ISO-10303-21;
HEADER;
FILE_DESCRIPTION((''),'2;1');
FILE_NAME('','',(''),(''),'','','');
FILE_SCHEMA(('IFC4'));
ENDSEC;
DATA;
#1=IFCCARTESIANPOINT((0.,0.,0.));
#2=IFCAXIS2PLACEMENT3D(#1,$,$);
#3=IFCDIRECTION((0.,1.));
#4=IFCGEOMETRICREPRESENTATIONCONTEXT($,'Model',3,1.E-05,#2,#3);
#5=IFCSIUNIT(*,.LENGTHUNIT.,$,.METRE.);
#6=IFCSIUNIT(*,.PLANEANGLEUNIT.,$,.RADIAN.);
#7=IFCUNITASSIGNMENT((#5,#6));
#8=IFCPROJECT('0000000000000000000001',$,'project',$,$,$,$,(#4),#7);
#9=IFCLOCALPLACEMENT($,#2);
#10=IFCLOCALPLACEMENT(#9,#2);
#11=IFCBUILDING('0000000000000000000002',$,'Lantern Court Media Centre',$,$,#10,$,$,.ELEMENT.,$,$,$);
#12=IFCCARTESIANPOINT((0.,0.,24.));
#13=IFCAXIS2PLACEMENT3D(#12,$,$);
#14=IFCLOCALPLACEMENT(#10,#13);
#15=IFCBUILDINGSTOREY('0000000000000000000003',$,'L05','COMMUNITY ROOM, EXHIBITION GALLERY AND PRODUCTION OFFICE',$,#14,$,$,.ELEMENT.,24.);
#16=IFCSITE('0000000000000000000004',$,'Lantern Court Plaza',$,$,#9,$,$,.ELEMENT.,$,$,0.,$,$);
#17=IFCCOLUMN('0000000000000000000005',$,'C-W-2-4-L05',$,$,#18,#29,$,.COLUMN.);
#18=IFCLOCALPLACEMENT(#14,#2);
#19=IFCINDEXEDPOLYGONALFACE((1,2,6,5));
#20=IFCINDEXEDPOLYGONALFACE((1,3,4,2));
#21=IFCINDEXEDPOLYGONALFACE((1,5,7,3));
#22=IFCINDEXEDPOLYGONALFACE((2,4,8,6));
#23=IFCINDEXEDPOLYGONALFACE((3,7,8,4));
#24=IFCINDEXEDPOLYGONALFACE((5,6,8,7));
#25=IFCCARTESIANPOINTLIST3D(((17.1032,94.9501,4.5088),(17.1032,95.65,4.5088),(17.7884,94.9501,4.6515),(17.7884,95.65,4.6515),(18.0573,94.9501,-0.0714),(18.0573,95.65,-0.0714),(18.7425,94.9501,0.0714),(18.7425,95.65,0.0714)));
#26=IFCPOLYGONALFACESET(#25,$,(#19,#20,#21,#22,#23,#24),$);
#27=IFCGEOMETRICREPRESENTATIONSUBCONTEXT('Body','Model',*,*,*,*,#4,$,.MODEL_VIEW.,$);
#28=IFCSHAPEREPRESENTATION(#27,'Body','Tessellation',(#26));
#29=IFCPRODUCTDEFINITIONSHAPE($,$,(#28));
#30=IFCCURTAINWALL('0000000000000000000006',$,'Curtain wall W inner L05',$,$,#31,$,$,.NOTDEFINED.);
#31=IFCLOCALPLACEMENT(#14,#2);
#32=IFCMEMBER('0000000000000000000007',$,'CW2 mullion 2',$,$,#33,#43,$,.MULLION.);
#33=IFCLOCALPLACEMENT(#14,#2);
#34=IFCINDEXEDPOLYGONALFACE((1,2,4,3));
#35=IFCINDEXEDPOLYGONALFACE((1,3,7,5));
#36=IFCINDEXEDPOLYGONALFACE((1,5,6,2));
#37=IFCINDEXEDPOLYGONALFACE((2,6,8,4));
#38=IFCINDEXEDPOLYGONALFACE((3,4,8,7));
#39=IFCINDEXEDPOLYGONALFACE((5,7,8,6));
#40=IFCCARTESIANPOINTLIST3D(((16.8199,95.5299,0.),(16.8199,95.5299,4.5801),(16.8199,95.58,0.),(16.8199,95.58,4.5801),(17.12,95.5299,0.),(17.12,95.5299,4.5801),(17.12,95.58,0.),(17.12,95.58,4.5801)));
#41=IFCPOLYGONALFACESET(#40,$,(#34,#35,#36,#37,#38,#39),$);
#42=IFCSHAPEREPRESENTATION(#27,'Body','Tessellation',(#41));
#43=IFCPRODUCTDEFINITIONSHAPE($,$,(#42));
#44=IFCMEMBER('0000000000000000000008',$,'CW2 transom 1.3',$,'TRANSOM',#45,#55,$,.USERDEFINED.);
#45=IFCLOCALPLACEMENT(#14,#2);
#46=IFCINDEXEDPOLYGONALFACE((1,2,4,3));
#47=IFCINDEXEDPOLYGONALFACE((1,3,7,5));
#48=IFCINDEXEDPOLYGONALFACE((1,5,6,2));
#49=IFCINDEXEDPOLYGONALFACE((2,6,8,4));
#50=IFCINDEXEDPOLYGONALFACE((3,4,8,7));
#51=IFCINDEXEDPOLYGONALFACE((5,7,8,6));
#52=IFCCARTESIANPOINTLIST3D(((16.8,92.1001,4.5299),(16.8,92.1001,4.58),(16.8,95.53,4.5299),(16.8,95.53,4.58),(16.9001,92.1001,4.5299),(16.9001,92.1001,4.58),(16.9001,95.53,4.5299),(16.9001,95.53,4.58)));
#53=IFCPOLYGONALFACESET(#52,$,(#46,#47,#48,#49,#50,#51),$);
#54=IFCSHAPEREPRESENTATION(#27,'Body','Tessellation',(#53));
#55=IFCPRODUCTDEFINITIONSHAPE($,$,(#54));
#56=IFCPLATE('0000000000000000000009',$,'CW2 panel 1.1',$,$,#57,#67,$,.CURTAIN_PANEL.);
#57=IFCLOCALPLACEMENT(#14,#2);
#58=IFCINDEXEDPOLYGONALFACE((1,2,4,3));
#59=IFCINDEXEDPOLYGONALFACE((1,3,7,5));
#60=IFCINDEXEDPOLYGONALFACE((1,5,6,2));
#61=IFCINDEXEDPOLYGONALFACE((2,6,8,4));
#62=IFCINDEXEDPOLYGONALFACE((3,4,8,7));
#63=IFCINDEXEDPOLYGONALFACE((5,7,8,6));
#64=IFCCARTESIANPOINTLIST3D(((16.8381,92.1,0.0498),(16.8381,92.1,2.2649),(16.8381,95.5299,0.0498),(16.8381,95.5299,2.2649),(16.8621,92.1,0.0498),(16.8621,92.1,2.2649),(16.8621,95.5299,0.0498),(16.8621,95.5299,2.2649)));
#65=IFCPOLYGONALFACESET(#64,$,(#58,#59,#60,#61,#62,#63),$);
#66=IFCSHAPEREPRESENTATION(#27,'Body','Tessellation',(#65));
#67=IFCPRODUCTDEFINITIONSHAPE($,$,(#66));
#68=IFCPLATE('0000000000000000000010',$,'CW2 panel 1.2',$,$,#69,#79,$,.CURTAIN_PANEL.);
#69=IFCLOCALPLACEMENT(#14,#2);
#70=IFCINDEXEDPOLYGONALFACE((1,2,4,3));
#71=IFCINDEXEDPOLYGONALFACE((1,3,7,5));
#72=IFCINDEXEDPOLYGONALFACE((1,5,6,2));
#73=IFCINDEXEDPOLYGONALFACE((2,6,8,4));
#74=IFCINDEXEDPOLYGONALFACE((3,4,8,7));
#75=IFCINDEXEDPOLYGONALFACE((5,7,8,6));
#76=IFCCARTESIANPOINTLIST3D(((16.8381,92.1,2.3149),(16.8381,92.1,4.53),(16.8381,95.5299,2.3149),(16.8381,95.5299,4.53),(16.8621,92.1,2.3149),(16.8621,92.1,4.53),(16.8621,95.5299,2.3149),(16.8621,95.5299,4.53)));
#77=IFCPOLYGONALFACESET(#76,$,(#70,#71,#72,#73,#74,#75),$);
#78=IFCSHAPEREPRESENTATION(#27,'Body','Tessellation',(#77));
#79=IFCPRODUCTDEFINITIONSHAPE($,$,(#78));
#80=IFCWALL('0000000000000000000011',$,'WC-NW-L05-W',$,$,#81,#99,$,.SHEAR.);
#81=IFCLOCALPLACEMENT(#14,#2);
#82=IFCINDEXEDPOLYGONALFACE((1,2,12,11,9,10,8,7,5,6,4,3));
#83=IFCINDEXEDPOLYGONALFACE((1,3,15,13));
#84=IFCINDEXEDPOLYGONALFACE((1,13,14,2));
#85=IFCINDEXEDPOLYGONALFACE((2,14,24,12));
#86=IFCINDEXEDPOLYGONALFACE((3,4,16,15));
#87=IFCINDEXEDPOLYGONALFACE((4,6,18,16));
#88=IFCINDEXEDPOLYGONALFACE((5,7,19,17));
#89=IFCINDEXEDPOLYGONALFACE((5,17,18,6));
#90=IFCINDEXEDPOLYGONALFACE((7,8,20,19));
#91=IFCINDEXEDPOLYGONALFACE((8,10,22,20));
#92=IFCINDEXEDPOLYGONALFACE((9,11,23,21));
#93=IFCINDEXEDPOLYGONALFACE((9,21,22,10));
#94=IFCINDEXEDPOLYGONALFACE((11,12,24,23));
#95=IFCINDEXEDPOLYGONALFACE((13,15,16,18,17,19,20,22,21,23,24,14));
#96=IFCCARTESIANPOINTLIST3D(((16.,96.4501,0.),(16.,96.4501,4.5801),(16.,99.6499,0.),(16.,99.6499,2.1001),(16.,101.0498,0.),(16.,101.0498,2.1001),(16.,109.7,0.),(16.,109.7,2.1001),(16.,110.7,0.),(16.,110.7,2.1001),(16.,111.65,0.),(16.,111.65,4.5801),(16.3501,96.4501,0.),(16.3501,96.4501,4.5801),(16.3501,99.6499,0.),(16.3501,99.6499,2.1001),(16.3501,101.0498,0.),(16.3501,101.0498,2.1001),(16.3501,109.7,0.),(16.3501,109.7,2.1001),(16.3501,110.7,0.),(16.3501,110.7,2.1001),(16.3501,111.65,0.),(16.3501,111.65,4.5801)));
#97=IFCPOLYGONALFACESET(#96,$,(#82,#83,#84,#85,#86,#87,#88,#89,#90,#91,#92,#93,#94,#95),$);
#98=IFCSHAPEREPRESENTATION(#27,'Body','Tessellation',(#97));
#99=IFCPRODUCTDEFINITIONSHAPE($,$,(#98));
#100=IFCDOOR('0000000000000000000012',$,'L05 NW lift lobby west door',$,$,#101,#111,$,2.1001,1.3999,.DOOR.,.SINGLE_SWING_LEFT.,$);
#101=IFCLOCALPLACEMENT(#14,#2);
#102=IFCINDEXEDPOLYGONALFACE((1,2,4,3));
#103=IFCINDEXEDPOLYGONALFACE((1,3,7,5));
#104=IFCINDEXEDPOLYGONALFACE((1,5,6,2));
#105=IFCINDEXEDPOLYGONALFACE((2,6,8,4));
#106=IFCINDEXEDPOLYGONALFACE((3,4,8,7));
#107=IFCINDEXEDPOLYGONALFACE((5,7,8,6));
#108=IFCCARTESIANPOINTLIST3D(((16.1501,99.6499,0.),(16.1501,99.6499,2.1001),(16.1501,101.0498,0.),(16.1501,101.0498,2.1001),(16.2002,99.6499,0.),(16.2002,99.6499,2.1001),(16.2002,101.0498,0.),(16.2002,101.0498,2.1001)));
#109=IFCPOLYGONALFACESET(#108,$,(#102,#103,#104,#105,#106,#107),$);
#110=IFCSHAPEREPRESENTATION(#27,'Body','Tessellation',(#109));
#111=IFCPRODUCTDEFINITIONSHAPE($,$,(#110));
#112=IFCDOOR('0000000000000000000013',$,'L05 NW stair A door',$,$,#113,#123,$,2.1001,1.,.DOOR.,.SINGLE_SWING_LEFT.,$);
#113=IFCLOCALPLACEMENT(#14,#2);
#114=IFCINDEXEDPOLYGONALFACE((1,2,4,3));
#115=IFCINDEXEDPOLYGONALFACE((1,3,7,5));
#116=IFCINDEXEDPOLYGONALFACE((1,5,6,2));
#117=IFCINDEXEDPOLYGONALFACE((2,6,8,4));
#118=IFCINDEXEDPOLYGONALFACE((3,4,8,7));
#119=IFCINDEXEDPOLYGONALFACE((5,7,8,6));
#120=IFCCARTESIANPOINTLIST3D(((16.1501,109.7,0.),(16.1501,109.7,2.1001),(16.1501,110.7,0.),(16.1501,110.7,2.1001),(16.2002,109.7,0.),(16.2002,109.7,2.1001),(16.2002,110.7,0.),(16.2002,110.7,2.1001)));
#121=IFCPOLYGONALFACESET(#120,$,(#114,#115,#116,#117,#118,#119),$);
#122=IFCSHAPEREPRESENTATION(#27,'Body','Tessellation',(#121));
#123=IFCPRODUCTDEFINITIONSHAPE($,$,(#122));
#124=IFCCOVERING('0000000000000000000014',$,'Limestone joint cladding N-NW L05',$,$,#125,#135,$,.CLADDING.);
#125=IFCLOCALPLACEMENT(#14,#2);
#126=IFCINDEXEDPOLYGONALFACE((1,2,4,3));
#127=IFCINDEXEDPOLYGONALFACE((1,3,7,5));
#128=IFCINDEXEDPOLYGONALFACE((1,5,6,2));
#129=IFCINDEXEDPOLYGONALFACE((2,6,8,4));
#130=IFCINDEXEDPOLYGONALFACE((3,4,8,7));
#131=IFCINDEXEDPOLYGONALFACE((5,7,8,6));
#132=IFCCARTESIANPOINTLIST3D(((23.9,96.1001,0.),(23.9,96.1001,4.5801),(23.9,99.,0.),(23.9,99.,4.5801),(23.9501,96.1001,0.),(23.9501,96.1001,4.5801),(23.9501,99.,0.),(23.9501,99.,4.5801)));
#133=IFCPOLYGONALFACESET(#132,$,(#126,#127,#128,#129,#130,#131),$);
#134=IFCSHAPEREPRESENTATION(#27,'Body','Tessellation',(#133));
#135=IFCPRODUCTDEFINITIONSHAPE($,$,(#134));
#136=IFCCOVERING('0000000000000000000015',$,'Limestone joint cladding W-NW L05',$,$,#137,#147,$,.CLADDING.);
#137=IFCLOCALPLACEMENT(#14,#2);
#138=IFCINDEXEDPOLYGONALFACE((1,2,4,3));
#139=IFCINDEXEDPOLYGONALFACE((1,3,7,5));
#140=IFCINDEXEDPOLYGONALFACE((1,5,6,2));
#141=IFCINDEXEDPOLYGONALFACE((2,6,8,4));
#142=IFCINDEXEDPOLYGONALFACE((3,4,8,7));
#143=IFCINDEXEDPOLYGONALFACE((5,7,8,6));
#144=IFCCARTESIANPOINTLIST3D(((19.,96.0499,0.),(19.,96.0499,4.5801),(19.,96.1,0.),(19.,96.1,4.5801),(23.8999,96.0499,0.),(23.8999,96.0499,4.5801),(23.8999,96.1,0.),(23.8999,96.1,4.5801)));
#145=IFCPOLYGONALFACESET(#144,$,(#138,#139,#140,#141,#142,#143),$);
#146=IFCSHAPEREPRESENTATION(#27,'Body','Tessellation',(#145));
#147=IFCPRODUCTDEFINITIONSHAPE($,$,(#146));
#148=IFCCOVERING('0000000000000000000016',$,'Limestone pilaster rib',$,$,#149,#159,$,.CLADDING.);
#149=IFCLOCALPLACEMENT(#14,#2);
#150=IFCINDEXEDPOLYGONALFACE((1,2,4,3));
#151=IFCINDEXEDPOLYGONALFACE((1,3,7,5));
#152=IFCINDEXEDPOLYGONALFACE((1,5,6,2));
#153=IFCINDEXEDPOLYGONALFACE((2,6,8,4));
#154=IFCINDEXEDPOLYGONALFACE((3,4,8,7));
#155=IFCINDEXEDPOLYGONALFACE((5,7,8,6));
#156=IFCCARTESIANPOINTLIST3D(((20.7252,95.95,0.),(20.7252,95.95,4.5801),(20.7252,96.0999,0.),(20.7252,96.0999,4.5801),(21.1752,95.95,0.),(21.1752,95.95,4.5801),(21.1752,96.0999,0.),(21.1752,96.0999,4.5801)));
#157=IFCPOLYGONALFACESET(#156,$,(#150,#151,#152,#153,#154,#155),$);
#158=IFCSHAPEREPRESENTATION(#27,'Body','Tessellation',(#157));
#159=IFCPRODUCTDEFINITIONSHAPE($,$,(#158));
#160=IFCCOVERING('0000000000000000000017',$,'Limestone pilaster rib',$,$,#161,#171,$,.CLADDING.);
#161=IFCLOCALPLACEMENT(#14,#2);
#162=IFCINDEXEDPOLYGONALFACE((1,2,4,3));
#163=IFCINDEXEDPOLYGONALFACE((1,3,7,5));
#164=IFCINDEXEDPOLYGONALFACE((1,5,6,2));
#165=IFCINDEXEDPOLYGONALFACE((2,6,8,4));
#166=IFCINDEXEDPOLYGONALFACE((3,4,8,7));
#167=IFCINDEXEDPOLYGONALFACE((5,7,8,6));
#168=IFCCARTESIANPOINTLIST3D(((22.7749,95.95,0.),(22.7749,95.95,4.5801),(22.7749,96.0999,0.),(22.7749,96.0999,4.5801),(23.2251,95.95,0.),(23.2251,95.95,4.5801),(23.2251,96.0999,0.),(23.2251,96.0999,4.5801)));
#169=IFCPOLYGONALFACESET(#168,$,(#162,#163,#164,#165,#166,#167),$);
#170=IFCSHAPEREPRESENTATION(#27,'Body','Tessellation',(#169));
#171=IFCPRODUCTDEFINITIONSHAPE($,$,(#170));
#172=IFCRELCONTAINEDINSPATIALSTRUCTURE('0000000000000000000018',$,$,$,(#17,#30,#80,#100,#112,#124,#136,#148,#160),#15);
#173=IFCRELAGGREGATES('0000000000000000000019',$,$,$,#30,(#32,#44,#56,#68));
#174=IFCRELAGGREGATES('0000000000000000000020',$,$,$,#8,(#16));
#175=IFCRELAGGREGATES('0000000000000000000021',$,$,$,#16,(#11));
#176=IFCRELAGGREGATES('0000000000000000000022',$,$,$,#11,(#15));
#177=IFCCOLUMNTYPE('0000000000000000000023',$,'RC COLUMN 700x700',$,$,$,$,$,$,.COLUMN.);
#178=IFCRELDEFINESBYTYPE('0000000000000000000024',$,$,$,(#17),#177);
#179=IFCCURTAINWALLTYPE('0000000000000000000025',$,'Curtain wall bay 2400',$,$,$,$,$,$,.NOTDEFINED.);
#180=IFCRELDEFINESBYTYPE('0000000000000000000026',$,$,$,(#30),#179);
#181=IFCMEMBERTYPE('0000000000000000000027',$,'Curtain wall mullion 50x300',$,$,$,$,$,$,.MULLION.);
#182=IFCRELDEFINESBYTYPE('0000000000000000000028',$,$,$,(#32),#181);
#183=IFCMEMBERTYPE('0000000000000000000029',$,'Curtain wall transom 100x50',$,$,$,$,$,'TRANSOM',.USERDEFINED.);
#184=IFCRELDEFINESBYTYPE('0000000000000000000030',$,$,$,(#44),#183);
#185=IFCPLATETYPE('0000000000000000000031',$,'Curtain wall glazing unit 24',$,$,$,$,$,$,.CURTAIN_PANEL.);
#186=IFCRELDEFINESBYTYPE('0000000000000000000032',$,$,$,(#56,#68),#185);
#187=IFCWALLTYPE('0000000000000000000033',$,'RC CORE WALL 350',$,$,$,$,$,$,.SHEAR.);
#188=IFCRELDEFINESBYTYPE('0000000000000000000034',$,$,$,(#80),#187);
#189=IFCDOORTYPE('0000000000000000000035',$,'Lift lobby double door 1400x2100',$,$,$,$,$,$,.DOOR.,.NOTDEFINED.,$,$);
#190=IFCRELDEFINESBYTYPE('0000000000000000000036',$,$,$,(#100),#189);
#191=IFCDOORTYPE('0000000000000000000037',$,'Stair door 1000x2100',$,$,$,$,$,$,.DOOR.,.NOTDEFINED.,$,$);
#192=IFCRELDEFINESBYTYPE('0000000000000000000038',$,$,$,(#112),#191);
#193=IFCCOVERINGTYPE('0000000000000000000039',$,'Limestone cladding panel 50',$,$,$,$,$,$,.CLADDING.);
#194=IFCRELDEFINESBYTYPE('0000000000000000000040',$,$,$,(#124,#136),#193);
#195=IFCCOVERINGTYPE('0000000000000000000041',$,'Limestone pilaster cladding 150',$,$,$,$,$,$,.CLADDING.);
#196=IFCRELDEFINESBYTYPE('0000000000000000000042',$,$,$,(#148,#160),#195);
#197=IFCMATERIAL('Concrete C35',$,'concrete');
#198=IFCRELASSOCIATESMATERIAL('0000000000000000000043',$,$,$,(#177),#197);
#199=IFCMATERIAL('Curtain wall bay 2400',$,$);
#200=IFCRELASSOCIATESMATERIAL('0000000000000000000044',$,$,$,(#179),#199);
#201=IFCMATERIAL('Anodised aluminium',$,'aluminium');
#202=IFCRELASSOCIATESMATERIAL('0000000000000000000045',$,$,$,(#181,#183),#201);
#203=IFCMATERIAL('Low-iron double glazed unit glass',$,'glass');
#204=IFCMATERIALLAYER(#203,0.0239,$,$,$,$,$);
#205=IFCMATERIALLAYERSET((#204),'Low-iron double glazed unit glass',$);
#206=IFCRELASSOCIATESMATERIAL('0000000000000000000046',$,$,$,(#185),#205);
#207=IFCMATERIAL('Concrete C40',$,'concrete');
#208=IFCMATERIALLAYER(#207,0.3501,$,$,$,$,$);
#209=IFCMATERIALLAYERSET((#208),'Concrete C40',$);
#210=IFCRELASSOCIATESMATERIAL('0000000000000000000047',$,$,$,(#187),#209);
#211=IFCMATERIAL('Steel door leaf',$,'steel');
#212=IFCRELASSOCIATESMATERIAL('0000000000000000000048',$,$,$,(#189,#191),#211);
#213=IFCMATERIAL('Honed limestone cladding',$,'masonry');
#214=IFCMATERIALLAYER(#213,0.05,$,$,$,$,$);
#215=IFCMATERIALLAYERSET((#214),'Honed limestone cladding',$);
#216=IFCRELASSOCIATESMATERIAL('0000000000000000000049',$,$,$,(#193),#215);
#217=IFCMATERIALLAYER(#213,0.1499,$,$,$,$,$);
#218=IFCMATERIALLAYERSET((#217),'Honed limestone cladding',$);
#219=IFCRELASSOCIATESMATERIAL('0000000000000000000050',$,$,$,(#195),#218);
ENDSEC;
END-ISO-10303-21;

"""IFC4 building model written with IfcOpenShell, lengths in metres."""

from ifc_helpers import new_model, si_unit, direction, frame, frame_2d, origin, origin_2d, place, context, subcontext, project, spatial, rectangle, extrude, material, layer, layer_set, material_profile, profile_set, type_object, element, fill, aggregate, save


model = new_model("IFC4")

# Units and contexts
model_context = context("Model", 3, precision=1e-05, world=origin(), true_north=direction((0.0, 1.0)))
body_context = subcontext(model_context, "Body", "Model", "MODEL_VIEW")
ifc_project = project(units=[si_unit("LENGTHUNIT", "METRE"), si_unit("PLANEANGLEUNIT", "RADIAN")], contexts=[model_context])

# Site, building, storey
site_placement = place(None, origin())
site = spatial("IfcSite", under=ifc_project, at=site_placement, Name="Lantern Court Plaza", CompositionType="ELEMENT", RefElevation=0.0)
building_placement = place(site_placement, origin())
building = spatial("IfcBuilding", under=site, at=building_placement, Name="Lantern Court Media Centre", CompositionType="ELEMENT")
storey_placement = place(building_placement, frame((0.0, 0.0, 24.0)))
storey = spatial("IfcBuildingStorey", under=building, at=storey_placement, Name="L05", Description="COMMUNITY ROOM, EXHIBITION GALLERY AND PRODUCTION OFFICE", CompositionType="ELEMENT", Elevation=24.0)

# Column
ifc_material_1 = material(Name="Concrete C35", Category="concrete")
ifc_material_profile_1 = material_profile(ifc_material_1, rectangle(XDim=0.7, YDim=0.7, at=origin_2d()), Name="RC 700x700")
ifc_profile_set_1 = profile_set([ifc_material_profile_1], Name="Concrete C35")
column_type = type_object("IfcColumnType", Name="RC COLUMN 700x700", PredefinedType="COLUMN", material=ifc_profile_set_1)
column_placement = place(storey_placement, frame((18.3999, 95.3, 0.0), z_axis=(-0.203938, 0.0, 0.978984), x_axis=(0.0, -1.0, 0.0)))
element("IfcColumn", 1, at=column_placement, inside=storey, type_object=column_type, Name="C-W-2-4-L05", PredefinedType="COLUMN", context=body_context, shape_type="SweptSolid", body=[
    extrude(rectangle(XDim=0.7, YDim=0.7, at=origin_2d()), origin(), (0.0, 0.0, 1.0), 4.6785),
])

# Curtain wall, members, plates
ifc_material_2 = material(Name="Curtain wall bay 2400")
curtain_wall_type = type_object("IfcCurtainWallType", Name="Curtain wall bay 2400", PredefinedType="NOTDEFINED", material=ifc_material_2)
curtain_wall_placement = place(storey_placement, origin())
curtain_wall = element("IfcCurtainWall", 2, at=curtain_wall_placement, inside=storey, type_object=curtain_wall_type, Name="Curtain wall W inner L05", PredefinedType="NOTDEFINED")
ifc_material_3 = material(Name="Anodised aluminium", Category="aluminium")
ifc_material_profile_2 = material_profile(ifc_material_3, rectangle(XDim=0.3, YDim=0.05, at=origin_2d()), Name="AL 50x300")
ifc_profile_set_2 = profile_set([ifc_material_profile_2], Name="Anodised aluminium")
member_type_1 = type_object("IfcMemberType", Name="Curtain wall mullion 50x300", PredefinedType="MULLION", material=ifc_profile_set_2)
member_1_placement = place(storey_placement, frame((16.97, 95.5549, 0.0), z_axis=(0.0, 0.0, 1.0), x_axis=(-1.0, 0.0, 0.0)))
member_1 = element("IfcMember", 3, at=member_1_placement, type_object=member_type_1, Name="CW2 mullion 2", PredefinedType="MULLION", context=body_context, shape_type="SweptSolid", body=[
    extrude(rectangle(XDim=0.3, YDim=0.05, at=origin_2d()), origin(), (0.0, 0.0, 1.0), 4.5801),
])
ifc_material_profile_3 = material_profile(ifc_material_3, rectangle(XDim=0.1001, YDim=0.05, at=origin_2d()), Name="AL 50x100")
ifc_profile_set_3 = profile_set([ifc_material_profile_3], Name="Anodised aluminium")
member_type_2 = type_object("IfcMemberType", Name="Curtain wall transom 100x50", ElementType="TRANSOM", PredefinedType="USERDEFINED", material=ifc_profile_set_3)
member_2_placement = place(storey_placement, frame((16.8501, 92.1001, 4.5549), z_axis=(0.0, 1.0, 0.0), x_axis=(-1.0, 0.0, 0.0)))
member_2 = element("IfcMember", 4, at=member_2_placement, type_object=member_type_2, Name="CW2 transom 1.3", ObjectType="TRANSOM", PredefinedType="USERDEFINED", context=body_context, shape_type="SweptSolid", body=[
    extrude(rectangle(XDim=0.1001, YDim=0.05, at=origin_2d()), origin(), (0.0, 0.0, 1.0), 3.4299),
])
ifc_material_4 = material(Name="Low-iron double glazed unit glass", Category="glass")
ifc_layer_1 = layer(ifc_material_4, 0.0239)
ifc_layer_set_1 = layer_set([ifc_layer_1], Name="Low-iron double glazed unit glass")
plate_type = type_object("IfcPlateType", Name="Curtain wall glazing unit 24", PredefinedType="CURTAIN_PANEL", material=ifc_layer_set_1)
plate_1_placement = place(storey_placement, frame((16.8501, 93.8149, 0.0498), z_axis=(0.0, 0.0, 1.0), x_axis=(0.0, 1.0, 0.0)))
plate_1 = element("IfcPlate", 5, at=plate_1_placement, type_object=plate_type, Name="CW2 panel 1.1", PredefinedType="CURTAIN_PANEL", context=body_context, shape_type="SweptSolid", body=[
    extrude(rectangle(XDim=3.4299, YDim=0.0239, at=origin_2d()), origin(), (0.0, 0.0, 1.0), 2.2151),
])
plate_2_placement = place(storey_placement, frame((16.8501, 93.8149, 2.3149), z_axis=(0.0, 0.0, 1.0), x_axis=(0.0, 1.0, 0.0)))
plate_2 = element("IfcPlate", 6, at=plate_2_placement, type_object=plate_type, Name="CW2 panel 1.2", PredefinedType="CURTAIN_PANEL", context=body_context, shape_type="SweptSolid", body=[
    extrude(rectangle(XDim=3.4299, YDim=0.0239, at=origin_2d()), origin(), (0.0, 0.0, 1.0), 2.2151),
])
aggregate(curtain_wall, [member_1, member_2, plate_1, plate_2])

# Wall, openings, doors
ifc_material_5 = material(Name="Concrete C40", Category="concrete")
ifc_layer_2 = layer(ifc_material_5, 0.3501)
ifc_layer_set_2 = layer_set([ifc_layer_2], Name="Concrete C40")
wall_type = type_object("IfcWallType", Name="RC CORE WALL 350", PredefinedType="SHEAR", material=ifc_layer_set_2)
wall_placement = place(storey_placement, frame((16.175, 96.45, 0.0), z_axis=(0.0, 0.0, 1.0), x_axis=(0.0, 1.0, 0.0)))
wall = element("IfcWall", 7, at=wall_placement, inside=storey, type_object=wall_type, Name="WC-NW-L05-W", PredefinedType="SHEAR", context=body_context, shape_type="SweptSolid", body=[
    extrude(rectangle(XDim=15.2, YDim=0.3501, at=frame_2d((7.6001, 0.0))), origin(), (0.0, 0.0, 1.0), 4.5801),
])
opening_1_placement = place(wall_placement, frame((13.25, 0.0, 0.0)))
opening_1 = element("IfcOpeningElement", 8, at=opening_1_placement, cuts=wall, PredefinedType="OPENING", context=body_context, shape_type="SweptSolid", body=[
    extrude(rectangle(XDim=1.0, YDim=2.1001, at=frame_2d((0.5, 1.05))), frame((0.0, 0.1851, 0.0), z_axis=(0.0, -1.0, 0.0), x_axis=(1.0, 0.0, 0.0)), (0.0, 0.0, 1.0), 0.3701),
])
opening_2_placement = place(wall_placement, frame((3.2, 0.0, 0.0)))
opening_2 = element("IfcOpeningElement", 9, at=opening_2_placement, cuts=wall, PredefinedType="OPENING", context=body_context, shape_type="SweptSolid", body=[
    extrude(rectangle(XDim=1.3999, YDim=2.1001, at=frame_2d((0.7, 1.05))), frame((0.0, 0.1851, 0.0), z_axis=(0.0, -1.0, 0.0), x_axis=(1.0, 0.0, 0.0)), (0.0, 0.0, 1.0), 0.3701),
])
ifc_material_6 = material(Name="Steel door leaf", Category="steel")
door_type_1 = type_object("IfcDoorType", Name="Lift lobby double door 1400x2100", OperationType="NOTDEFINED", PredefinedType="DOOR", material=ifc_material_6)
door_1_placement = place(opening_2_placement, origin())
door_1 = element("IfcDoor", 10, at=door_1_placement, inside=storey, type_object=door_type_1, Name="L05 NW lift lobby west door", OperationType="SINGLE_SWING_LEFT", OverallHeight=2.1001, OverallWidth=1.3999, PredefinedType="DOOR", context=body_context, shape_type="SweptSolid", body=[
    extrude(rectangle(XDim=1.3999, YDim=2.1001, at=frame_2d((0.7, 1.05))), frame((0.0, 0.0249, 0.0), z_axis=(0.0, -1.0, 0.0), x_axis=(1.0, 0.0, 0.0)), (0.0, 0.0, 1.0), 0.05),
])
fill(opening_2, door_1)
door_type_2 = type_object("IfcDoorType", Name="Stair door 1000x2100", OperationType="NOTDEFINED", PredefinedType="DOOR", material=ifc_material_6)
door_2_placement = place(opening_1_placement, origin())
door_2 = element("IfcDoor", 11, at=door_2_placement, inside=storey, type_object=door_type_2, Name="L05 NW stair A door", OperationType="SINGLE_SWING_LEFT", OverallHeight=2.1001, OverallWidth=1.0, PredefinedType="DOOR", context=body_context, shape_type="SweptSolid", body=[
    extrude(rectangle(XDim=1.0, YDim=2.1001, at=frame_2d((0.5, 1.05))), frame((0.0, 0.0249, 0.0), z_axis=(0.0, -1.0, 0.0), x_axis=(1.0, 0.0, 0.0)), (0.0, 0.0, 1.0), 0.05),
])
fill(opening_1, door_2)

# Coverings
ifc_material_7 = material(Name="Honed limestone cladding", Category="masonry")
ifc_layer_3 = layer(ifc_material_7, 0.05)
ifc_layer_set_3 = layer_set([ifc_layer_3], Name="Honed limestone cladding")
covering_type_1 = type_object("IfcCoveringType", Name="Limestone cladding panel 50", PredefinedType="CLADDING", material=ifc_layer_set_3)
covering_1_placement = place(storey_placement, frame((23.925, 96.1001, 0.0), z_axis=(0.0, 0.0, 1.0), x_axis=(0.0, 1.0, 0.0)))
element("IfcCovering", 12, at=covering_1_placement, inside=storey, type_object=covering_type_1, Name="Limestone joint cladding N-NW L05", PredefinedType="CLADDING", context=body_context, shape_type="SweptSolid", body=[
    extrude(rectangle(XDim=2.8999, YDim=0.05, at=frame_2d((1.45, 0.0))), origin(), (0.0, 0.0, 1.0), 4.5801),
])
covering_2_placement = place(storey_placement, frame((19.0, 96.075, 0.0), z_axis=(0.0, 0.0, 1.0), x_axis=(1.0, 0.0, 0.0)))
element("IfcCovering", 13, at=covering_2_placement, inside=storey, type_object=covering_type_1, Name="Limestone joint cladding W-NW L05", PredefinedType="CLADDING", context=body_context, shape_type="SweptSolid", body=[
    extrude(rectangle(XDim=4.8999, YDim=0.05, at=frame_2d((2.45, 0.0))), origin(), (0.0, 0.0, 1.0), 4.5801),
])
ifc_layer_4 = layer(ifc_material_7, 0.1499)
ifc_layer_set_4 = layer_set([ifc_layer_4], Name="Honed limestone cladding")
covering_type_2 = type_object("IfcCoveringType", Name="Limestone pilaster cladding 150", PredefinedType="CLADDING", material=ifc_layer_set_4)
covering_3_placement = place(storey_placement, frame((20.7251, 96.0249, 0.0), z_axis=(0.0, 0.0, 1.0), x_axis=(1.0, 0.0, 0.0)))
element("IfcCovering", 14, at=covering_3_placement, inside=storey, type_object=covering_type_2, Name="Limestone pilaster rib", PredefinedType="CLADDING", context=body_context, shape_type="SweptSolid", body=[
    extrude(rectangle(XDim=0.45, YDim=0.1499, at=frame_2d((0.2251, 0.0))), origin(), (0.0, 0.0, 1.0), 4.5801),
])
covering_4_placement = place(storey_placement, frame((22.7749, 96.0249, 0.0), z_axis=(0.0, 0.0, 1.0), x_axis=(1.0, 0.0, 0.0)))
element("IfcCovering", 15, at=covering_4_placement, inside=storey, type_object=covering_type_2, Name="Limestone pilaster rib", PredefinedType="CLADDING", context=body_context, shape_type="SweptSolid", body=[
    extrude(rectangle(XDim=0.4502, YDim=0.1499, at=frame_2d((0.2251, 0.0))), origin(), (0.0, 0.0, 1.0), 4.5801),
])

save(model, "model.ifc")
